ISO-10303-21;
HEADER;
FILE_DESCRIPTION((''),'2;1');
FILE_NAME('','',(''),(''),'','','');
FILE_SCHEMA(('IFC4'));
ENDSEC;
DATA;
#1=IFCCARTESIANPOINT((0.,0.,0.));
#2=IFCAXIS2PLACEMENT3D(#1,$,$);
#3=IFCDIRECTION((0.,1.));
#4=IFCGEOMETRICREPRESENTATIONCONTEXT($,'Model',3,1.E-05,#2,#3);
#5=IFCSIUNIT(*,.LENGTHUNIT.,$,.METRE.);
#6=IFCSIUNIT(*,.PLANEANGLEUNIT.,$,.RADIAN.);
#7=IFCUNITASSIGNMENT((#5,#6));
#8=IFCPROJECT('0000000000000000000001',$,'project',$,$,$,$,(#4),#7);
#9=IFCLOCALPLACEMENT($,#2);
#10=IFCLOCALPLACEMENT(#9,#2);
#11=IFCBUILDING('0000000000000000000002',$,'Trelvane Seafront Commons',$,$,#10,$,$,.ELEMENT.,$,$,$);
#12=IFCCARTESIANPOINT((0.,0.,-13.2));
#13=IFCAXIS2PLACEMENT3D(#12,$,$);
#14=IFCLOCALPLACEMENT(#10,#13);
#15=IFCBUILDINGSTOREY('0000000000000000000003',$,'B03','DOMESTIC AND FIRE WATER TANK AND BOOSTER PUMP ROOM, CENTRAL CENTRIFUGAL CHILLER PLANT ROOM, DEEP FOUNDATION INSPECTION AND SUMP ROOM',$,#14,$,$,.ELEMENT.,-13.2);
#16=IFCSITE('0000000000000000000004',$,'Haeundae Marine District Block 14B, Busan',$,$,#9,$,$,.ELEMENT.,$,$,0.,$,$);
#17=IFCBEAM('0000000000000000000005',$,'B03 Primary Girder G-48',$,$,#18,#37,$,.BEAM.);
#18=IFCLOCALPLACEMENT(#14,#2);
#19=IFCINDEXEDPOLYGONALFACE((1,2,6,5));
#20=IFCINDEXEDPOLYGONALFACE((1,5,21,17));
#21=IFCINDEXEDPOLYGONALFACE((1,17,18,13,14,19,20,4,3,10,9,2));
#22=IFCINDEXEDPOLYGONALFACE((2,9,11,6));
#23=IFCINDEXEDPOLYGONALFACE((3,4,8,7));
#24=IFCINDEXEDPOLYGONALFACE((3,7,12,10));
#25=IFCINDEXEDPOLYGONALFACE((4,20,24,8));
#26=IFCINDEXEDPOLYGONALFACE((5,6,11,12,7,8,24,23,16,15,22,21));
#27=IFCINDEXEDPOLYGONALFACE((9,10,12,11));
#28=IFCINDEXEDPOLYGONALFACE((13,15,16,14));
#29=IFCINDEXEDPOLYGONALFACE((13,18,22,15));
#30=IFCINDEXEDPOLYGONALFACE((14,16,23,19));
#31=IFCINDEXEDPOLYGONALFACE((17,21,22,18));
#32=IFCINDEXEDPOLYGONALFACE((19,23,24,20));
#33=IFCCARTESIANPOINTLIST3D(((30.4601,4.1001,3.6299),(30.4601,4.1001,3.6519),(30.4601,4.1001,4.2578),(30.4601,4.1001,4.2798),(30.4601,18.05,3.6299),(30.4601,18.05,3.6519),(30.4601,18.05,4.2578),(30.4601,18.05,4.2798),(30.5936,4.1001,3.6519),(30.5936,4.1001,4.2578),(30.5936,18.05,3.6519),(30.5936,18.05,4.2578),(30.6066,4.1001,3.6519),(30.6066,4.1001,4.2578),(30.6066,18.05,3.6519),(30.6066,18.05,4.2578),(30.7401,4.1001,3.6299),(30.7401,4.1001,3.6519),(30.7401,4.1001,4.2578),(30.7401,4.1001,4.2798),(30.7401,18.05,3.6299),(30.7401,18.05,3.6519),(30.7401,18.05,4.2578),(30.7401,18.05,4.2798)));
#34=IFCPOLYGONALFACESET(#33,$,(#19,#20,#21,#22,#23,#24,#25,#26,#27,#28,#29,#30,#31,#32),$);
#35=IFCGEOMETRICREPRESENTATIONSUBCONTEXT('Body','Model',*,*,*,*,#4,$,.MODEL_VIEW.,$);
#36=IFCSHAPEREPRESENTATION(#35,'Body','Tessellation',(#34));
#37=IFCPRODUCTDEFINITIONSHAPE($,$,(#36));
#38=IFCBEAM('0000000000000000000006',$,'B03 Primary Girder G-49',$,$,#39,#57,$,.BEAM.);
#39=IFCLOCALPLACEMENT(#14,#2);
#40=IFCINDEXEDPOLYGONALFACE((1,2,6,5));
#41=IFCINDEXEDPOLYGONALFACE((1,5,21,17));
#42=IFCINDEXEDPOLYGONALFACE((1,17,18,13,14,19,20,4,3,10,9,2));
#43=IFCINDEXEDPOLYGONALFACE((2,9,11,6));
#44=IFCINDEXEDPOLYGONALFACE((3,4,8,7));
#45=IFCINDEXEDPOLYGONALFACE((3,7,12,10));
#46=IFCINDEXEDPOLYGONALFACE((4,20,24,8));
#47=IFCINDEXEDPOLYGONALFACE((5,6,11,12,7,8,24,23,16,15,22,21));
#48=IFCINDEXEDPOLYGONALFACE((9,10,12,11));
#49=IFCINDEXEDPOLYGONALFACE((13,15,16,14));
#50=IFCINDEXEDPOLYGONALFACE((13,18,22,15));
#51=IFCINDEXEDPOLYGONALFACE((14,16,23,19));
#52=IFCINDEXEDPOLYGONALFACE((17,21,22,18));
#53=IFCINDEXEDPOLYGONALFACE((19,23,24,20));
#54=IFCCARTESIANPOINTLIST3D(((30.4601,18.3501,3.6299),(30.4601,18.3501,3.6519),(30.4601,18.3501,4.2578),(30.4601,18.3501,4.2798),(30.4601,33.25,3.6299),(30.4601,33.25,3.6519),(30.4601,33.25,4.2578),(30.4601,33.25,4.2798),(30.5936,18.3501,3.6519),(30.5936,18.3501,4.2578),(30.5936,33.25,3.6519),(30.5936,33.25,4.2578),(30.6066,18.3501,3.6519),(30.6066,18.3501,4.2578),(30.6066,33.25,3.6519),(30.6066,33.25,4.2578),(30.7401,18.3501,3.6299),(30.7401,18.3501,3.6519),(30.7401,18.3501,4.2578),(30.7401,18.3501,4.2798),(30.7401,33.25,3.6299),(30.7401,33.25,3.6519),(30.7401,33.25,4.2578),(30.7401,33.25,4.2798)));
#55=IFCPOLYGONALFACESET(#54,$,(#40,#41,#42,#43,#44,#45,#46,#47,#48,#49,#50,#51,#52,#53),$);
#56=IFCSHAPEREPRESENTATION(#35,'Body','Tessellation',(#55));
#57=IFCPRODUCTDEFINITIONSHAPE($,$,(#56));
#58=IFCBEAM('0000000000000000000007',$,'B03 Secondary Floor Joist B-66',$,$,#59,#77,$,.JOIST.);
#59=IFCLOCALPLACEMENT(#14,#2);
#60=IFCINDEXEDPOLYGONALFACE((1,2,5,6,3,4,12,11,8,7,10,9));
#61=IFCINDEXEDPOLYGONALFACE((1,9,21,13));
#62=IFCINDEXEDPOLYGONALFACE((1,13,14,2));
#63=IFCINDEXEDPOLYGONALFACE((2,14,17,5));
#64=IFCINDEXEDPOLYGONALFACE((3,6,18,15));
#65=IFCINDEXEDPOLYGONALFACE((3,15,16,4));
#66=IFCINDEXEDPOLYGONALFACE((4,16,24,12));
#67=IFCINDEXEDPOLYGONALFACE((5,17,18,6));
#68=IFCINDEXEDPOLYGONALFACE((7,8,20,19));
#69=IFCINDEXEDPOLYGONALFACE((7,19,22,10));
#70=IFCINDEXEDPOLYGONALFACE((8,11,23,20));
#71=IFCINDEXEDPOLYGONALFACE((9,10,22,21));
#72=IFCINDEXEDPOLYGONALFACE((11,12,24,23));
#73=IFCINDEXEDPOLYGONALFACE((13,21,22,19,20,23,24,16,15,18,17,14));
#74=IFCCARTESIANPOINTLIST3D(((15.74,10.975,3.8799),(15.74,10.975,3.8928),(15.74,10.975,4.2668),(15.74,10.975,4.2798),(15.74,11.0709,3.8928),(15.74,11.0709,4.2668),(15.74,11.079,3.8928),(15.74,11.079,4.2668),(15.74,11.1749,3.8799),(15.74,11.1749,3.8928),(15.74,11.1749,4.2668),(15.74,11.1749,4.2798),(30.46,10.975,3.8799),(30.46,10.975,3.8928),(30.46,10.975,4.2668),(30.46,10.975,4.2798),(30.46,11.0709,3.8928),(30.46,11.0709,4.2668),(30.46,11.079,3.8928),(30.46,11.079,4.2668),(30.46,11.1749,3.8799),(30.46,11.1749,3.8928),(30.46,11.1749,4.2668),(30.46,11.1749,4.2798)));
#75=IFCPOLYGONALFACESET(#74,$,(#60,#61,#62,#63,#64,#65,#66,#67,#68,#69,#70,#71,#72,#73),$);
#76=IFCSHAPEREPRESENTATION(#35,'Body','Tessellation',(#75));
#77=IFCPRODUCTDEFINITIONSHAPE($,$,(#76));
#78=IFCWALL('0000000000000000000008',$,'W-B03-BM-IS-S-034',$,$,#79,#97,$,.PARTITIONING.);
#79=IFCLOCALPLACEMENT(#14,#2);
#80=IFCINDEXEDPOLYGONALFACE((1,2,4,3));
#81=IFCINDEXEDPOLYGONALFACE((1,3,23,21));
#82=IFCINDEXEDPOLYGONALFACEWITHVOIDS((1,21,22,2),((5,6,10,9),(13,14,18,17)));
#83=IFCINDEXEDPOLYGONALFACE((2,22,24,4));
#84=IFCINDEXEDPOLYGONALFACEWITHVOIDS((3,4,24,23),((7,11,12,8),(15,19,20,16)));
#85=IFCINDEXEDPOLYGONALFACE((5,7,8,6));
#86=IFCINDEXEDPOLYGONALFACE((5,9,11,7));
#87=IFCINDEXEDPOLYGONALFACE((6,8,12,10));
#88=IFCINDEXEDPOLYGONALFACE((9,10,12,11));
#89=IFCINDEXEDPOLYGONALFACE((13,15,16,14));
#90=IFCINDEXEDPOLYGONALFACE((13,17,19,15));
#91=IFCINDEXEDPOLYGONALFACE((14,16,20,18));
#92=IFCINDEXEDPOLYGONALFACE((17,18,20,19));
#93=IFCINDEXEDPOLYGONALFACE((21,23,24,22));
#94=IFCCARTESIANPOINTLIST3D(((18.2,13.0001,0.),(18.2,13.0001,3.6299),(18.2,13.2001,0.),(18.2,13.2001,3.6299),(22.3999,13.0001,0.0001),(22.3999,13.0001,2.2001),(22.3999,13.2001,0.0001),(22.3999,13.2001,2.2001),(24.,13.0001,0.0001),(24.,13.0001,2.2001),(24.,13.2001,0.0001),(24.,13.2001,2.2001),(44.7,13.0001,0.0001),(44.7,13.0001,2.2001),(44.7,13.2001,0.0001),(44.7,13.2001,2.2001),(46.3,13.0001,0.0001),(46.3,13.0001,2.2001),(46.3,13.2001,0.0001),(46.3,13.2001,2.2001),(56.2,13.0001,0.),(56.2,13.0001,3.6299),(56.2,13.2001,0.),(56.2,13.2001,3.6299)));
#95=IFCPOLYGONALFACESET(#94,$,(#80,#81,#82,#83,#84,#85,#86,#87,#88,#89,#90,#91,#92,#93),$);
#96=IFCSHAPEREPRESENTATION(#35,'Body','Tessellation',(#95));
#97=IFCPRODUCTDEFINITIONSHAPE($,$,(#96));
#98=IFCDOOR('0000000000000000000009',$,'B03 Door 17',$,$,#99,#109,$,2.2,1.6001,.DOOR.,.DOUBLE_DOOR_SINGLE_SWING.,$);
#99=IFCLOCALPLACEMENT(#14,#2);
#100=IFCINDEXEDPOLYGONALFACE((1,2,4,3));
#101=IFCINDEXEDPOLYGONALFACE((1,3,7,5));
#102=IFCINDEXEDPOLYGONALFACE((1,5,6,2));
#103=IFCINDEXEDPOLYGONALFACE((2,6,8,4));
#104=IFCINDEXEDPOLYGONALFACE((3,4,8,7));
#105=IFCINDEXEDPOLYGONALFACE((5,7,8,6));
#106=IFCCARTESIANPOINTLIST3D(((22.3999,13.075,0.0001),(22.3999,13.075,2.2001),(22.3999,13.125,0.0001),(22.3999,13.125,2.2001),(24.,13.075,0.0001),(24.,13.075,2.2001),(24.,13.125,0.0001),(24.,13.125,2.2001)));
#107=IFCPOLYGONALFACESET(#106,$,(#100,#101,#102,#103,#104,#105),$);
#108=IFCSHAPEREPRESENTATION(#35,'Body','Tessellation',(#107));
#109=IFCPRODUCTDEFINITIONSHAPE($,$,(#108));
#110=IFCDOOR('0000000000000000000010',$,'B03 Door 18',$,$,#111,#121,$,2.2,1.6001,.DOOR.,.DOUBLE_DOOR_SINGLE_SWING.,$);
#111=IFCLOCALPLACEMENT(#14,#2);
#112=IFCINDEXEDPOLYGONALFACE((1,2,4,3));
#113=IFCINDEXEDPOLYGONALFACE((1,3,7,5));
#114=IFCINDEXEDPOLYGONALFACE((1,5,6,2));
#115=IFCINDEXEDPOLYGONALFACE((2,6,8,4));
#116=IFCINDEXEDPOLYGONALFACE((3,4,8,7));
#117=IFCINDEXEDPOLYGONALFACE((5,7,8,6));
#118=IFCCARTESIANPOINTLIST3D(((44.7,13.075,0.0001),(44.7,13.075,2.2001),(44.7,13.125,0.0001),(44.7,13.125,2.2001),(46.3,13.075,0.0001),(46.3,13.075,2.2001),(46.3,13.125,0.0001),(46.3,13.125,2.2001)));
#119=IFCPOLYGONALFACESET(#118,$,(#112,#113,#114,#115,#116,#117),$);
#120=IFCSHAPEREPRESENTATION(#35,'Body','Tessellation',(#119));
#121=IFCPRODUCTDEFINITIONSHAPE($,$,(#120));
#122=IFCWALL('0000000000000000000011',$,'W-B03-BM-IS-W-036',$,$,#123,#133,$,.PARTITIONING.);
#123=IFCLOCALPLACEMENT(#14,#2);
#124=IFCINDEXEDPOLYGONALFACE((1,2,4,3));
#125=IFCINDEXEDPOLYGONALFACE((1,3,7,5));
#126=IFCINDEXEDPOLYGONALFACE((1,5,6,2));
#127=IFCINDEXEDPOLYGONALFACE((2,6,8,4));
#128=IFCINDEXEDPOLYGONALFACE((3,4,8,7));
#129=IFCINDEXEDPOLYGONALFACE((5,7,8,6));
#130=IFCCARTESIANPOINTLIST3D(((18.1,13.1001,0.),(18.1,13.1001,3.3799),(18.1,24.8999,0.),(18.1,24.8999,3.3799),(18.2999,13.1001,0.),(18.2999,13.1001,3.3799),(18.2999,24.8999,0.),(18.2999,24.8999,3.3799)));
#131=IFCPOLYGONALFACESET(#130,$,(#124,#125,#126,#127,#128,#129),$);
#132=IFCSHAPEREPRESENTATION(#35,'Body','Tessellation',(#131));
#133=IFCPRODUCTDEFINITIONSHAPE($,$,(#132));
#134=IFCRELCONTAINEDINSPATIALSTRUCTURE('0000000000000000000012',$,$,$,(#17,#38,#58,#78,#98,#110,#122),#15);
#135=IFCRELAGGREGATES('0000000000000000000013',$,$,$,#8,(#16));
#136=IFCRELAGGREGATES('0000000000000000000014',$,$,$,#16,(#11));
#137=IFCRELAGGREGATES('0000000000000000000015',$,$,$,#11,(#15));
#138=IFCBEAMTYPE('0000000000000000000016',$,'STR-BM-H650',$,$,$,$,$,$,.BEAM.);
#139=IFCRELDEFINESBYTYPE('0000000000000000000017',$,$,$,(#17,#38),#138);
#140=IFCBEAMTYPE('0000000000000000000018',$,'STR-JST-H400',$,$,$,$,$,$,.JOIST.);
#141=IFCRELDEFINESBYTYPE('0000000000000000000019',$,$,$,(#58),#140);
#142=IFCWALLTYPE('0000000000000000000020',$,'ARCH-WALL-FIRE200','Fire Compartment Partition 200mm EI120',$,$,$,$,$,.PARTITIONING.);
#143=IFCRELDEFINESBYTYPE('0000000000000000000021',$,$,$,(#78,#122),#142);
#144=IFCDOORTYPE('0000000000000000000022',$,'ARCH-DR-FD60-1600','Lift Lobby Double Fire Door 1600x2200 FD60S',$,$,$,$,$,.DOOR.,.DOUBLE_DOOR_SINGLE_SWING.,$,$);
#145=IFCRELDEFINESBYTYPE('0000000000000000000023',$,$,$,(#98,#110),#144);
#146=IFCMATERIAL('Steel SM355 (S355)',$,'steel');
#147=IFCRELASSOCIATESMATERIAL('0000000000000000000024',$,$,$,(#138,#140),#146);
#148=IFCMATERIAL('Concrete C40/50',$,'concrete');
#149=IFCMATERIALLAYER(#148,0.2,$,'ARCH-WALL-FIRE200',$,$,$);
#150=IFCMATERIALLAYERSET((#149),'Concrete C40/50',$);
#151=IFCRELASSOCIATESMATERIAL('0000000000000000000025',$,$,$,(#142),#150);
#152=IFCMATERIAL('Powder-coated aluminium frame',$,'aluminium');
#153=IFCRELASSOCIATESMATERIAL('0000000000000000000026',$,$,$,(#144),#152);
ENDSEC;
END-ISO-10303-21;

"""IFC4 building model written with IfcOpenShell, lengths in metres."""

from ifc_helpers import new_model, si_unit, direction, frame, frame_2d, origin, origin_2d, place, context, subcontext, project, spatial, rectangle, i_section, extrude, source, transform, mapped, material, layer, layer_set, material_profile, profile_set, type_object, element, fill, save


model = new_model("IFC4")

# Units and contexts
model_context = context("Model", 3, precision=1e-05, world=origin(), true_north=direction((0.0, 1.0)))
body_context = subcontext(model_context, "Body", "Model", "MODEL_VIEW")
ifc_project = project(units=[si_unit("LENGTHUNIT", "METRE"), si_unit("PLANEANGLEUNIT", "RADIAN")], contexts=[model_context])

# Site, building, storey
site_placement = place(None, origin())
site = spatial("IfcSite", under=ifc_project, at=site_placement, Name="Haeundae Marine District Block 14B, Busan", CompositionType="ELEMENT", RefElevation=0.0)
building_placement = place(site_placement, origin())
building = spatial("IfcBuilding", under=site, at=building_placement, Name="Trelvane Seafront Commons", CompositionType="ELEMENT")
storey_placement = place(building_placement, frame((0.0, 0.0, -13.2)))
storey = spatial("IfcBuildingStorey", under=building, at=storey_placement, Name="B03", Description="DOMESTIC AND FIRE WATER TANK AND BOOSTER PUMP ROOM, CENTRAL CENTRIFUGAL CHILLER PLANT ROOM, DEEP FOUNDATION INSPECTION AND SUMP ROOM", CompositionType="ELEMENT", Elevation=-13.2)

# Beams
ifc_material_1 = material(Name="Steel SM355 (S355)", Category="steel")
ifc_material_profile_1 = material_profile(ifc_material_1, i_section(OverallWidth=0.28, OverallDepth=0.6499, WebThickness=0.0129, FlangeThickness=0.022, at=origin_2d()), Name="H-650x280x13x22")
ifc_profile_set_1 = profile_set([ifc_material_profile_1], Name="Steel SM355 (S355)")
beam_type_1 = type_object("IfcBeamType", Name="STR-BM-H650", PredefinedType="BEAM", material=ifc_profile_set_1)
shared_shape_1 = source(origin(), body_context, "Body", "SweptSolid", [
    extrude(i_section(OverallWidth=0.28, OverallDepth=0.6499, WebThickness=0.0129, FlangeThickness=0.022, at=origin_2d()), origin(), (0.0, 0.0, 1.0), 13.95),
])
beam_1_placement = place(storey_placement, frame((30.6001, 4.1001, 3.9548), z_axis=(0.0, 1.0, 0.0), x_axis=(-1.0, 0.0, 0.0)))
element("IfcBeam", 1, at=beam_1_placement, inside=storey, type_object=beam_type_1, Name="B03 Primary Girder G-48", PredefinedType="BEAM", context=body_context, shape_type="MappedRepresentation", body=[
    mapped(shared_shape_1, transform((0.0, 0.0, 0.0), x_axis=(1.0, 0.0, 0.0), y_axis=(0.0, 1.0, 0.0), z_axis=(0.0, 0.0, 1.0), scale=1.0)),
])
shared_shape_2 = source(origin(), body_context, "Body", "SweptSolid", [
    extrude(i_section(OverallWidth=0.28, OverallDepth=0.6499, WebThickness=0.0129, FlangeThickness=0.022, at=origin_2d()), origin(), (0.0, 0.0, 1.0), 14.8999),
])
beam_2_placement = place(storey_placement, frame((30.6001, 18.3501, 3.9548), z_axis=(0.0, 1.0, 0.0), x_axis=(-1.0, 0.0, 0.0)))
element("IfcBeam", 2, at=beam_2_placement, inside=storey, type_object=beam_type_1, Name="B03 Primary Girder G-49", PredefinedType="BEAM", context=body_context, shape_type="MappedRepresentation", body=[
    mapped(shared_shape_2, transform((0.0, 0.0, 0.0), x_axis=(1.0, 0.0, 0.0), y_axis=(0.0, 1.0, 0.0), z_axis=(0.0, 0.0, 1.0), scale=1.0)),
])
ifc_material_profile_2 = material_profile(ifc_material_1, i_section(OverallWidth=0.2, OverallDepth=0.3999, WebThickness=0.0081, FlangeThickness=0.0129, at=origin_2d()), Name="H-400x200x8x13")
ifc_profile_set_2 = profile_set([ifc_material_profile_2], Name="Steel SM355 (S355)")
beam_type_2 = type_object("IfcBeamType", Name="STR-JST-H400", PredefinedType="JOIST", material=ifc_profile_set_2)
shared_shape_3 = source(origin(), body_context, "Body", "SweptSolid", [
    extrude(i_section(OverallWidth=0.2, OverallDepth=0.3999, WebThickness=0.0081, FlangeThickness=0.0129, at=origin_2d()), origin(), (0.0, 0.0, 1.0), 14.72),
])
beam_3_placement = place(storey_placement, frame((15.74, 11.075, 4.0798), z_axis=(1.0, 0.0, 0.0), x_axis=(0.0, 1.0, 0.0)))
element("IfcBeam", 3, at=beam_3_placement, inside=storey, type_object=beam_type_2, Name="B03 Secondary Floor Joist B-66", PredefinedType="JOIST", context=body_context, shape_type="MappedRepresentation", body=[
    mapped(shared_shape_3, transform((0.0, 0.0, 0.0), x_axis=(1.0, 0.0, 0.0), y_axis=(0.0, 1.0, 0.0), z_axis=(0.0, 0.0, 1.0), scale=1.0)),
])

# Wall, openings, doors
ifc_material_2 = material(Name="Concrete C40/50", Category="concrete")
ifc_layer = layer(ifc_material_2, 0.2, Name="ARCH-WALL-FIRE200")
ifc_layer_set = layer_set([ifc_layer], Name="Concrete C40/50")
wall_type = type_object("IfcWallType", Name="ARCH-WALL-FIRE200", Description="Fire Compartment Partition 200mm EI120", PredefinedType="PARTITIONING", material=ifc_layer_set)
wall_1_placement = place(storey_placement, frame((18.2, 13.1001, 0.0), z_axis=(0.0, 0.0, 1.0), x_axis=(1.0, 0.0, 0.0)))
wall_1 = element("IfcWall", 4, at=wall_1_placement, inside=storey, type_object=wall_type, Name="W-B03-BM-IS-S-034", PredefinedType="PARTITIONING", context=body_context, shape_type="SweptSolid", body=[
    extrude(rectangle(XDim=38.0, YDim=0.2, at=frame_2d((19.0, 0.0))), origin(), (0.0, 0.0, 1.0), 3.6299),
])
opening_1_placement = place(wall_1_placement, frame((4.2, 0.0, 0.0)))
opening_1 = element("IfcOpeningElement", 5, at=opening_1_placement, cuts=wall_1, PredefinedType="OPENING", context=body_context, shape_type="SweptSolid", body=[
    extrude(rectangle(XDim=1.6001, YDim=2.2, at=frame_2d((0.8, 1.1001))), frame((0.0, 0.1099, 0.0), z_axis=(0.0, -1.0, 0.0), x_axis=(1.0, 0.0, 0.0)), (0.0, 0.0, 1.0), 0.22),
])
opening_2_placement = place(wall_1_placement, frame((26.5, 0.0, 0.0)))
opening_2 = element("IfcOpeningElement", 6, at=opening_2_placement, cuts=wall_1, PredefinedType="OPENING", context=body_context, shape_type="SweptSolid", body=[
    extrude(rectangle(XDim=1.6001, YDim=2.2, at=frame_2d((0.8, 1.1001))), frame((0.0, 0.1099, 0.0), z_axis=(0.0, -1.0, 0.0), x_axis=(1.0, 0.0, 0.0)), (0.0, 0.0, 1.0), 0.22),
])
ifc_material_3 = material(Name="Powder-coated aluminium frame", Category="aluminium")
door_type = type_object("IfcDoorType", Name="ARCH-DR-FD60-1600", Description="Lift Lobby Double Fire Door 1600x2200 FD60S", OperationType="DOUBLE_DOOR_SINGLE_SWING", PredefinedType="DOOR", material=ifc_material_3)
shared_shape_4 = source(origin(), body_context, "Body", "SweptSolid", [
    extrude(rectangle(XDim=1.6001, YDim=2.2, at=frame_2d((0.8, 1.1001))), frame((0.0, 0.0249, 0.0), z_axis=(0.0, -1.0, 0.0), x_axis=(1.0, 0.0, 0.0)), (0.0, 0.0, 1.0), 0.05),
])
door_1_placement = place(opening_1_placement, origin())
door_1 = element("IfcDoor", 7, at=door_1_placement, inside=storey, type_object=door_type, Name="B03 Door 17", OperationType="DOUBLE_DOOR_SINGLE_SWING", OverallHeight=2.2, OverallWidth=1.6001, PredefinedType="DOOR", context=body_context, shape_type="MappedRepresentation", body=[
    mapped(shared_shape_4, transform((0.0, 0.0, 0.0), x_axis=(1.0, 0.0, 0.0), y_axis=(0.0, 1.0, 0.0), z_axis=(0.0, 0.0, 1.0), scale=1.0)),
])
fill(opening_1, door_1)
door_2_placement = place(opening_2_placement, origin())
door_2 = element("IfcDoor", 8, at=door_2_placement, inside=storey, type_object=door_type, Name="B03 Door 18", OperationType="DOUBLE_DOOR_SINGLE_SWING", OverallHeight=2.2, OverallWidth=1.6001, PredefinedType="DOOR", context=body_context, shape_type="MappedRepresentation", body=[
    mapped(shared_shape_4, transform((0.0, 0.0, 0.0), x_axis=(1.0, 0.0, 0.0), y_axis=(0.0, 1.0, 0.0), z_axis=(0.0, 0.0, 1.0), scale=1.0)),
])
fill(opening_2, door_2)

# Wall
wall_2_placement = place(storey_placement, frame((18.2, 13.1001, 0.0), z_axis=(0.0, 0.0, 1.0), x_axis=(0.0, 1.0, 0.0)))
element("IfcWall", 9, at=wall_2_placement, inside=storey, type_object=wall_type, Name="W-B03-BM-IS-W-036", PredefinedType="PARTITIONING", context=body_context, shape_type="SweptSolid", body=[
    extrude(rectangle(XDim=11.7998, YDim=0.2, at=frame_2d((5.8999, 0.0))), origin(), (0.0, 0.0, 1.0), 3.3799),
])

save(model, "model.ifc")
